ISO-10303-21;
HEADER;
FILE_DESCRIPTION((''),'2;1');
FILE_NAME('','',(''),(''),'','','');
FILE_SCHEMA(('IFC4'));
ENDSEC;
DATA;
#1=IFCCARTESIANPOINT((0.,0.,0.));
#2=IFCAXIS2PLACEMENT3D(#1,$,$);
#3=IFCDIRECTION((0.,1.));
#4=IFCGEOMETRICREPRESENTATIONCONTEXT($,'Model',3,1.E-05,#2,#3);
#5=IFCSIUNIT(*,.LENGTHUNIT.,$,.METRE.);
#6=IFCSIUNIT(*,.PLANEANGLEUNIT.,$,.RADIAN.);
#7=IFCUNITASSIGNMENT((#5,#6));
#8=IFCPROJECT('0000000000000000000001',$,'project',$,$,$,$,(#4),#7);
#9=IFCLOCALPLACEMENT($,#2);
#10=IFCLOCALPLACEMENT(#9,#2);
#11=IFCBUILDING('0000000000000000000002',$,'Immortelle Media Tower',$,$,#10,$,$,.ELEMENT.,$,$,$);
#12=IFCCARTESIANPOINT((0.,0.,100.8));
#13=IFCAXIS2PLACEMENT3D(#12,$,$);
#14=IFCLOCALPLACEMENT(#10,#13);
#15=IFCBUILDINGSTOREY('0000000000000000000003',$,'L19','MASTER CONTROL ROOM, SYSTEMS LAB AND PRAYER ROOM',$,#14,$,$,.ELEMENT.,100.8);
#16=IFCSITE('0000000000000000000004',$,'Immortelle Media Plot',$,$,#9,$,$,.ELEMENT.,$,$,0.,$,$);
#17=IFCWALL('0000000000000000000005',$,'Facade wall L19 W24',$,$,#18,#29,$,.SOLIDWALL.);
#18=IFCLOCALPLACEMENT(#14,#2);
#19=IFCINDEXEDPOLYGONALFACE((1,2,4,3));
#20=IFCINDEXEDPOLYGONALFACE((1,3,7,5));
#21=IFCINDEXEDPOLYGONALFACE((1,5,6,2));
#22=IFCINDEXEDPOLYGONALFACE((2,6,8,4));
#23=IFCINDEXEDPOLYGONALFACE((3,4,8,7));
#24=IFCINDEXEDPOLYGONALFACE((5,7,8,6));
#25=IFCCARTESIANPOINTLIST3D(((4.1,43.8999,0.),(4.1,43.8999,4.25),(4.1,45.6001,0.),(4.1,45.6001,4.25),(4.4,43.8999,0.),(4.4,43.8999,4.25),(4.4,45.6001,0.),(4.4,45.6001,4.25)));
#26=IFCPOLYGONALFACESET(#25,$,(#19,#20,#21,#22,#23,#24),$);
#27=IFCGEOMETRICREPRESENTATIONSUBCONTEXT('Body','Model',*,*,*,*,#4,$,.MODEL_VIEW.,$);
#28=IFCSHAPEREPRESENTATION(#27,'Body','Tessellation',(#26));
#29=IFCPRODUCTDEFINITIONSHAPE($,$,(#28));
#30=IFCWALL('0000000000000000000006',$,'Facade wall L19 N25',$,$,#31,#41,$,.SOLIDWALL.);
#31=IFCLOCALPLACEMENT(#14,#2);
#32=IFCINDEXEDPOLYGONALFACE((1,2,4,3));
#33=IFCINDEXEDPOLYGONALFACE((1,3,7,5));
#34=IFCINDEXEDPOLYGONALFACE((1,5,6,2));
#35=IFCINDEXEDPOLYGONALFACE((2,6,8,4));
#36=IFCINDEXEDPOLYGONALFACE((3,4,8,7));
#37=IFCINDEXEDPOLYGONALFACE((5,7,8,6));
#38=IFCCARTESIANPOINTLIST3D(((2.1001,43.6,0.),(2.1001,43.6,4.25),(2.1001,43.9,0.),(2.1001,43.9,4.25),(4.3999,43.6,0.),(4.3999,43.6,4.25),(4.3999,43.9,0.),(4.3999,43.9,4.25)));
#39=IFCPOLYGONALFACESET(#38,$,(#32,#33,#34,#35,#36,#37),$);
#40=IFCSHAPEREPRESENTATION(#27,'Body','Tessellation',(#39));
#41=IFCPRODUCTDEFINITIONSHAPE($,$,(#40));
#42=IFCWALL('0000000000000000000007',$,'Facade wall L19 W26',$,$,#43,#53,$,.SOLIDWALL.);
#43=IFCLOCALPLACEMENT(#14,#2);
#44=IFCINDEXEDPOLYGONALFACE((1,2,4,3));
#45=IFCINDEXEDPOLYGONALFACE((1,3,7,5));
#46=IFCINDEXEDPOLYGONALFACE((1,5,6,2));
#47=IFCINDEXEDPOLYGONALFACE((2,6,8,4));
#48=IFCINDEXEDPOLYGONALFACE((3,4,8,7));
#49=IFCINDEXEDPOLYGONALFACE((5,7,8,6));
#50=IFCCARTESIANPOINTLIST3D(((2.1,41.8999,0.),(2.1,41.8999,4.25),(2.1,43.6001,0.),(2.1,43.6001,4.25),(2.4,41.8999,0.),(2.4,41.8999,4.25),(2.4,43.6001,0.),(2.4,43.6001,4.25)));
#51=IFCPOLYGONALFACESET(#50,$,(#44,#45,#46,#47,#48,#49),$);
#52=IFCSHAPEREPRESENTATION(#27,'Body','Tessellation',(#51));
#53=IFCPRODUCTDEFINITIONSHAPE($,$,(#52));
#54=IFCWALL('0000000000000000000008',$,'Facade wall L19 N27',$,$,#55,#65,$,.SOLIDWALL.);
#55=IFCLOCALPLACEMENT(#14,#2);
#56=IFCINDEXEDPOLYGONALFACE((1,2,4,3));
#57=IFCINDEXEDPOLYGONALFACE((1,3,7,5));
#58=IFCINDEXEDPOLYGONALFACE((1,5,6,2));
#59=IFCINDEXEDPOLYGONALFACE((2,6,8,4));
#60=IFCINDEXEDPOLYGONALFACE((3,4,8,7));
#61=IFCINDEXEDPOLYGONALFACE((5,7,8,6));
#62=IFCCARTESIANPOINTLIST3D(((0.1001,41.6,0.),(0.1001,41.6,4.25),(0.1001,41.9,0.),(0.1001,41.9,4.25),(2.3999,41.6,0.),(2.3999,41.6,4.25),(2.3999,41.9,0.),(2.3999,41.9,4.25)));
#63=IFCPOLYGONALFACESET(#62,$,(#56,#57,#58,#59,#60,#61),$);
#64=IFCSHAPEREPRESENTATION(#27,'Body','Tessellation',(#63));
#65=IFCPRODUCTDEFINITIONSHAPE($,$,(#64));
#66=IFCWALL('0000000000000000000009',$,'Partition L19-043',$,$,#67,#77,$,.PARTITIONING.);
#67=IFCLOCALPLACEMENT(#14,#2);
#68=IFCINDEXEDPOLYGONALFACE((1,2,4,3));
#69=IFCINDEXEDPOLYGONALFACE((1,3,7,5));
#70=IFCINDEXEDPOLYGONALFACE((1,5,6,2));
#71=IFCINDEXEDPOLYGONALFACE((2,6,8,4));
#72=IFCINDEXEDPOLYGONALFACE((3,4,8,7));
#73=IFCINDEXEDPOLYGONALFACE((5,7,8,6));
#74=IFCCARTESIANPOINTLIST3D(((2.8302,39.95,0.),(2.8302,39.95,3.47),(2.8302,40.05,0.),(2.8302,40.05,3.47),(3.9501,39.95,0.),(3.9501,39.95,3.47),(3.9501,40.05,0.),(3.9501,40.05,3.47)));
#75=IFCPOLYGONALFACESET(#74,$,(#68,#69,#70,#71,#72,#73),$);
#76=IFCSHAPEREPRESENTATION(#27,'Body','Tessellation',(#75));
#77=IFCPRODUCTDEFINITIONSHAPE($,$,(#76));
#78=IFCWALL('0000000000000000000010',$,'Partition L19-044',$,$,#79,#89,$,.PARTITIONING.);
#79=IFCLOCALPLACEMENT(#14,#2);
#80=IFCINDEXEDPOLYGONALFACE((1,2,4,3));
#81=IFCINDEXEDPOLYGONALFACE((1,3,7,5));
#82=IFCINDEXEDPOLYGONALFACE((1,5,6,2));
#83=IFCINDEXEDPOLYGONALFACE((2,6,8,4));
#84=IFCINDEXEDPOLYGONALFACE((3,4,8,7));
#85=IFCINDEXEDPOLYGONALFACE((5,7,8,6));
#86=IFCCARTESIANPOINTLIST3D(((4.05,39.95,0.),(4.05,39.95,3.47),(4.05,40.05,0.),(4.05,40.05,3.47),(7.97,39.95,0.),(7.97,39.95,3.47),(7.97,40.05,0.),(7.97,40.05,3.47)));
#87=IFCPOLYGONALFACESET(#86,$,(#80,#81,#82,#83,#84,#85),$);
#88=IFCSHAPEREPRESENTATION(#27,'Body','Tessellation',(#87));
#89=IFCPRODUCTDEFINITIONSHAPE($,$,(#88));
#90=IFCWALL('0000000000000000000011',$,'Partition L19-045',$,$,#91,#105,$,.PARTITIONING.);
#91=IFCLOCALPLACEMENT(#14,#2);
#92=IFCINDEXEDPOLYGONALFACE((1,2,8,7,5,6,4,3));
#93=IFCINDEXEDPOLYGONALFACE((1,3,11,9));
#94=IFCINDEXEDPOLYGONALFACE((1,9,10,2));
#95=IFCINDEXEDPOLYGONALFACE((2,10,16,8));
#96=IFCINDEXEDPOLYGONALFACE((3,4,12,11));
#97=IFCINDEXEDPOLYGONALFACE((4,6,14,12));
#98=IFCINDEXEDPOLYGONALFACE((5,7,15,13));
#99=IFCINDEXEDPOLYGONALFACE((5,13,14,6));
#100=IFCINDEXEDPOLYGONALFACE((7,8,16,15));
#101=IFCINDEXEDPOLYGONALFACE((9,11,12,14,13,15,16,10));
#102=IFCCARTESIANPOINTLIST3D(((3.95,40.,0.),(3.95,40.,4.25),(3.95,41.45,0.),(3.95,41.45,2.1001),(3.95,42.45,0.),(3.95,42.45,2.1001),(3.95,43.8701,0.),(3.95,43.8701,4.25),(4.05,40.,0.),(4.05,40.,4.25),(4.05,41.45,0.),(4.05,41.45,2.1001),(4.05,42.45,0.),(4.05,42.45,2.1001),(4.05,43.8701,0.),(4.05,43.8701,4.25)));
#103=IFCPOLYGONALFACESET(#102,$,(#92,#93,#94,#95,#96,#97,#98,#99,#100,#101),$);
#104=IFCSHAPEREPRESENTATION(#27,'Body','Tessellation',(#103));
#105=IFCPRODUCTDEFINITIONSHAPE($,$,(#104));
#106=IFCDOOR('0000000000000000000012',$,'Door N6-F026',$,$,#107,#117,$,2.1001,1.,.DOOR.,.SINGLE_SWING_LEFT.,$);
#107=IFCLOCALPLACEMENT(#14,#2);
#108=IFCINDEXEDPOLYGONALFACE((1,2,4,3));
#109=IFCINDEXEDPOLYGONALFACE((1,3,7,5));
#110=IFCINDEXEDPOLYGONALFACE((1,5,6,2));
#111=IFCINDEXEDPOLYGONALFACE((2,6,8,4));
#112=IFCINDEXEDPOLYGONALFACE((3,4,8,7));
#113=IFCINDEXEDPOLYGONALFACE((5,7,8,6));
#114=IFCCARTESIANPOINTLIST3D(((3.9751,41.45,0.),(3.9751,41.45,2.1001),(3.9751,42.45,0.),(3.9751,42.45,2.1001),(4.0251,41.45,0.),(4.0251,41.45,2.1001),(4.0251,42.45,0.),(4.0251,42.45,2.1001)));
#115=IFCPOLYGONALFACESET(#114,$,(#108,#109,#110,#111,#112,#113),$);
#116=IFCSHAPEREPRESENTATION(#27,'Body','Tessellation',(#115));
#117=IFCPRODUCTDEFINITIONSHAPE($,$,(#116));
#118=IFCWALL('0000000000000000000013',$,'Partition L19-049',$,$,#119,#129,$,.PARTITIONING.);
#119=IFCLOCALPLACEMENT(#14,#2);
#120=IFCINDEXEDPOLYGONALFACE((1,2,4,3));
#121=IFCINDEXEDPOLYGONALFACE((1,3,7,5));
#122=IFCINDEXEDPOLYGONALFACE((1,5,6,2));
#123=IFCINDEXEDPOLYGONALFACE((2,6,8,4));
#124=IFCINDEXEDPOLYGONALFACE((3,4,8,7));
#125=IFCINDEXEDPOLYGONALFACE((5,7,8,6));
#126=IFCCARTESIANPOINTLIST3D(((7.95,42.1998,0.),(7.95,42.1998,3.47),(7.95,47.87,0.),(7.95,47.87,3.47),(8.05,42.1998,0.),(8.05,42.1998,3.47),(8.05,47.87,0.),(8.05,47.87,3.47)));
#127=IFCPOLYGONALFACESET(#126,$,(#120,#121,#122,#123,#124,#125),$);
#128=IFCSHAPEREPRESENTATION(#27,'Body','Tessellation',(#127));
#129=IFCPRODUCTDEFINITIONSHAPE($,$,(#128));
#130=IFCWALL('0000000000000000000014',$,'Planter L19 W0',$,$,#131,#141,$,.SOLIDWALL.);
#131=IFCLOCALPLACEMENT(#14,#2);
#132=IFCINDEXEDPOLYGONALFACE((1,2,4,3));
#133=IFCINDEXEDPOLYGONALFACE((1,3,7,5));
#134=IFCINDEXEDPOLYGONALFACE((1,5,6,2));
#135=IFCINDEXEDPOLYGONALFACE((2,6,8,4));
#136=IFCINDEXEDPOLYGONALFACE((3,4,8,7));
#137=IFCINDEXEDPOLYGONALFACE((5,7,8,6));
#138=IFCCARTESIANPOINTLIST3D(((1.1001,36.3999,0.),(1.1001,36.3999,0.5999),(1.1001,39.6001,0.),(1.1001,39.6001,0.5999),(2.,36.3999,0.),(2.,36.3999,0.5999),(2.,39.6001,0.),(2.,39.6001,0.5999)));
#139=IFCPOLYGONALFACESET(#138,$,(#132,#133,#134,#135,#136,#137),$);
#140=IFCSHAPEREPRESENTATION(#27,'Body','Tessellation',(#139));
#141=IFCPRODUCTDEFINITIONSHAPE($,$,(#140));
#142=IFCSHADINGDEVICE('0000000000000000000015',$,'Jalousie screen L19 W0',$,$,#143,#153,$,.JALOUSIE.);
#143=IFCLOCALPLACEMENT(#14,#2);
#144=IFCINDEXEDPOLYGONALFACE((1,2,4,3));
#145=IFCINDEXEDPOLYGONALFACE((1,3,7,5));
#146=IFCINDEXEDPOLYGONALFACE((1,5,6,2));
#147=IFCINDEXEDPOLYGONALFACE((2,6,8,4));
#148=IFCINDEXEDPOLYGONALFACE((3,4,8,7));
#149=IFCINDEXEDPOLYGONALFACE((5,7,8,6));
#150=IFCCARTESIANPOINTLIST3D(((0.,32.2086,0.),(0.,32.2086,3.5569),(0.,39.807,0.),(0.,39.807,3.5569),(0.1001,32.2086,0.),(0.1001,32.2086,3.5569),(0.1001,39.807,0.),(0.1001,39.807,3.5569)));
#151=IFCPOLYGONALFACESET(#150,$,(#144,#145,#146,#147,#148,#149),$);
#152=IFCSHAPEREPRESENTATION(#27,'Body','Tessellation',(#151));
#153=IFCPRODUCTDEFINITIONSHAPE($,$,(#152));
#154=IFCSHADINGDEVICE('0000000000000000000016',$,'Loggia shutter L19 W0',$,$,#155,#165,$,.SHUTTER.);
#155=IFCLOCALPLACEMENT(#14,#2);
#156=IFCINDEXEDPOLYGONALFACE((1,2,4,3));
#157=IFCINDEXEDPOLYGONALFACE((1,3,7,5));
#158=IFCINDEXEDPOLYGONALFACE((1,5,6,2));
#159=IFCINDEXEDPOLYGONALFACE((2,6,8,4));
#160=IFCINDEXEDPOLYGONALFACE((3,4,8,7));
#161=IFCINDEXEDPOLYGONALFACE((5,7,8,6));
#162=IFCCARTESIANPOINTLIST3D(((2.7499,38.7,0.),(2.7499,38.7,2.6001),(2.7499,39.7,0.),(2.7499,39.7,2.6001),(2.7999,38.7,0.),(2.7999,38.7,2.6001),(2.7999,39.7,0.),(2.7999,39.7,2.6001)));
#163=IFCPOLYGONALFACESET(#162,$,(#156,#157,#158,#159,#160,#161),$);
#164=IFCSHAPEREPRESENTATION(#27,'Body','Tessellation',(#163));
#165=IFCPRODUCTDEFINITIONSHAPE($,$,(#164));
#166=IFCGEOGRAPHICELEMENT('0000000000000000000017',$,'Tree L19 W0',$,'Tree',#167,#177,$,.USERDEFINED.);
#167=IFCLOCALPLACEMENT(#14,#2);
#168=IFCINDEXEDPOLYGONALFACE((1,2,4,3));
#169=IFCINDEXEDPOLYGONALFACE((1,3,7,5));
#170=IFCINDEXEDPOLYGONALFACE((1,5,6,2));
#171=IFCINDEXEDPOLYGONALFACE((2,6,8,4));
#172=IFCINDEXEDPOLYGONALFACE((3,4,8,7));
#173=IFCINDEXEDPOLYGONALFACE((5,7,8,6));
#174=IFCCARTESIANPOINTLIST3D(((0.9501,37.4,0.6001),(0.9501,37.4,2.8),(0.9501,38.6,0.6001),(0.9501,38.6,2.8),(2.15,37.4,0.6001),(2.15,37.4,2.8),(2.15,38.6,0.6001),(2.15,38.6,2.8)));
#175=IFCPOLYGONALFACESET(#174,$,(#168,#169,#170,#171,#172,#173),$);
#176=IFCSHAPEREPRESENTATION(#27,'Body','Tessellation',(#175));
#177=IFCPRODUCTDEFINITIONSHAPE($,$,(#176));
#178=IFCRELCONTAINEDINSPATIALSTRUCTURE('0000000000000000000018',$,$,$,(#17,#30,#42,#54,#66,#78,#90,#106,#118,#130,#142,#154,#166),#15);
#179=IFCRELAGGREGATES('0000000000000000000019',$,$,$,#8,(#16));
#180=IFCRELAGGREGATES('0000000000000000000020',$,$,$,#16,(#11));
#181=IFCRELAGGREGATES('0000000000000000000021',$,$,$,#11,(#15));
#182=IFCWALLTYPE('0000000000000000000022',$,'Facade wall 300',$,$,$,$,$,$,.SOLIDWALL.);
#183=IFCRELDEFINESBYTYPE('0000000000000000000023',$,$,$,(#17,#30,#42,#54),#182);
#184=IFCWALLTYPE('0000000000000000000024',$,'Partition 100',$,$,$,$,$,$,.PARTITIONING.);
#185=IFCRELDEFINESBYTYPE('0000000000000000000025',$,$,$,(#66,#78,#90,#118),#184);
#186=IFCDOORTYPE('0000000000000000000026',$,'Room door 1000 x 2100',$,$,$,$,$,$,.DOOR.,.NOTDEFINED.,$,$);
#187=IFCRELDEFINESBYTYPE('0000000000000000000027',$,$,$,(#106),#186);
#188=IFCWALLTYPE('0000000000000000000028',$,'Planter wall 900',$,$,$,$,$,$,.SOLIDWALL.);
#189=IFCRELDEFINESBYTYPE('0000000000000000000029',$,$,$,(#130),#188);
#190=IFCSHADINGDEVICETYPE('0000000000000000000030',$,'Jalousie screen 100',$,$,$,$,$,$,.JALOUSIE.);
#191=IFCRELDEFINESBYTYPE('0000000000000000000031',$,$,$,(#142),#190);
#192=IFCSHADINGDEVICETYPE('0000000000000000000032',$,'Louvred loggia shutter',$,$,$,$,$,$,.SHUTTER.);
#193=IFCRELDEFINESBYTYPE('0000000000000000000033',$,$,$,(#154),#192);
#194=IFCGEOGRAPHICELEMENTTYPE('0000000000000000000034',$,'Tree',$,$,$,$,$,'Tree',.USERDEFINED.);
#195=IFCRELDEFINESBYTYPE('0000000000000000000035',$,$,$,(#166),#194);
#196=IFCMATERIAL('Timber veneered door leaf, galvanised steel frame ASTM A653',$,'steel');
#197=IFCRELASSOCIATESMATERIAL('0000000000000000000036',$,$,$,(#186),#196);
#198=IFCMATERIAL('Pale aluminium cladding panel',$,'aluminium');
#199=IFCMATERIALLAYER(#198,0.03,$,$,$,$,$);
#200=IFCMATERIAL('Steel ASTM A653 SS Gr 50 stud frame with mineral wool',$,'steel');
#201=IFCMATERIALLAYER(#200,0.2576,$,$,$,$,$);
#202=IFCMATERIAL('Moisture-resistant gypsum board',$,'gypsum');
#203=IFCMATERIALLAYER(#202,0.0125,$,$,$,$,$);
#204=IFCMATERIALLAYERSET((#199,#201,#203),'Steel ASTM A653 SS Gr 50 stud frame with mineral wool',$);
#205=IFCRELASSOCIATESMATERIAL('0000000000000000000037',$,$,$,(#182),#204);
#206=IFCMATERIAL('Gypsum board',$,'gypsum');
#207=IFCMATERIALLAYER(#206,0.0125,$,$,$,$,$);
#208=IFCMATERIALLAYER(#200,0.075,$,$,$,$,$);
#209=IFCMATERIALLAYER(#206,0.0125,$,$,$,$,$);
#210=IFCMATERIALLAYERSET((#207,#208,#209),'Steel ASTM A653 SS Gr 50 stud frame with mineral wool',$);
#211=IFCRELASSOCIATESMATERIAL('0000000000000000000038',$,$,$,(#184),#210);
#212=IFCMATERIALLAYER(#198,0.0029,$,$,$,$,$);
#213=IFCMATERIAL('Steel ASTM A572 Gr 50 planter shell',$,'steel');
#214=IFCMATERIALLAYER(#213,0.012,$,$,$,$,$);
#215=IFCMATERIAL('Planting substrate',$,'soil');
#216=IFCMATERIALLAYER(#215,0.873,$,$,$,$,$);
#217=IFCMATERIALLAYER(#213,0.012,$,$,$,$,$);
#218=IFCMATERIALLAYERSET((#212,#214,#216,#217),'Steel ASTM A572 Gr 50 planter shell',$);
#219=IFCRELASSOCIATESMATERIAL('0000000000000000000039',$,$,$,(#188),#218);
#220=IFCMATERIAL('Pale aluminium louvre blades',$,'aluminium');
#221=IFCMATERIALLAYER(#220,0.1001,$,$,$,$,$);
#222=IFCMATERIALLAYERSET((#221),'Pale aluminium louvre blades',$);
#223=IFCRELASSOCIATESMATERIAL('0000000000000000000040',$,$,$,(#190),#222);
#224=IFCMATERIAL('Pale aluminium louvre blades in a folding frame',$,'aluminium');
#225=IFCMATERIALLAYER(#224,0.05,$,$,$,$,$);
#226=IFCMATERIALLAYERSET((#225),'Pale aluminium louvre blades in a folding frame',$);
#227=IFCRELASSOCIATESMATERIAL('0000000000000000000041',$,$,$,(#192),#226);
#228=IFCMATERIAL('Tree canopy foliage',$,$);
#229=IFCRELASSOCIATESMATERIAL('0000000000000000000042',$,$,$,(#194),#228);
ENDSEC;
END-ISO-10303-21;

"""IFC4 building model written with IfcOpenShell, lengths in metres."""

from ifc_helpers import new_model, si_unit, direction, frame, frame_2d, origin, origin_2d, place, context, subcontext, project, spatial, rectangle, extrude, material, layer, layer_set, type_object, element, fill, save


model = new_model("IFC4")

# Units and contexts
model_context = context("Model", 3, precision=1e-05, world=origin(), true_north=direction((0.0, 1.0)))
body_context = subcontext(model_context, "Body", "Model", "MODEL_VIEW")
ifc_project = project(units=[si_unit("LENGTHUNIT", "METRE"), si_unit("PLANEANGLEUNIT", "RADIAN")], contexts=[model_context])

# Site, building, storey
site_placement = place(None, origin())
site = spatial("IfcSite", under=ifc_project, at=site_placement, Name="Immortelle Media Plot", CompositionType="ELEMENT", RefElevation=0.0)
building_placement = place(site_placement, origin())
building = spatial("IfcBuilding", under=site, at=building_placement, Name="Immortelle Media Tower", CompositionType="ELEMENT")
storey_placement = place(building_placement, frame((0.0, 0.0, 100.8)))
storey = spatial("IfcBuildingStorey", under=building, at=storey_placement, Name="L19", Description="MASTER CONTROL ROOM, SYSTEMS LAB AND PRAYER ROOM", CompositionType="ELEMENT", Elevation=100.8)

# Shared definitions
ifc_material_1 = material(Name="Steel ASTM A653 SS Gr 50 stud frame with mineral wool", Category="steel")
ifc_material_2 = material(Name="Timber veneered door leaf, galvanised steel frame ASTM A653", Category="steel")
door_type_1 = type_object("IfcDoorType", Name="Room door 1000 x 2100", OperationType="NOTDEFINED", PredefinedType="DOOR", material=ifc_material_2)

# Shared definitions
ifc_material_3 = material(Name="Pale aluminium cladding panel", Category="aluminium")
ifc_layer_1 = layer(ifc_material_3, 0.03)
ifc_layer_2 = layer(ifc_material_1, 0.2576)
ifc_material_4 = material(Name="Moisture-resistant gypsum board", Category="gypsum")
ifc_layer_3 = layer(ifc_material_4, 0.0125)
ifc_layer_set_1 = layer_set([ifc_layer_1, ifc_layer_2, ifc_layer_3], Name="Steel ASTM A653 SS Gr 50 stud frame with mineral wool")
wall_type_1 = type_object("IfcWallType", Name="Facade wall 300", PredefinedType="SOLIDWALL", material=ifc_layer_set_1)

# Walls
wall_1_placement = place(storey_placement, frame((4.25, 45.6001, 0.0), z_axis=(0.0, 0.0, 1.0), x_axis=(0.0, -1.0, 0.0)))
element("IfcWall", 1, at=wall_1_placement, inside=storey, type_object=wall_type_1, Name="Facade wall L19 W24", PredefinedType="SOLIDWALL", context=body_context, shape_type="SweptSolid", body=[
    extrude(rectangle(XDim=1.7002, YDim=0.3, at=frame_2d((0.8501, 0.0))), origin(), (0.0, 0.0, 1.0), 4.25),
])
wall_2_placement = place(storey_placement, frame((4.3999, 43.75, 0.0), z_axis=(0.0, 0.0, 1.0), x_axis=(-1.0, 0.0, 0.0)))
element("IfcWall", 2, at=wall_2_placement, inside=storey, type_object=wall_type_1, Name="Facade wall L19 N25", PredefinedType="SOLIDWALL", context=body_context, shape_type="SweptSolid", body=[
    extrude(rectangle(XDim=2.2998, YDim=0.3, at=frame_2d((1.1499, 0.0))), origin(), (0.0, 0.0, 1.0), 4.25),
])
wall_3_placement = place(storey_placement, frame((2.25, 43.6001, 0.0), z_axis=(0.0, 0.0, 1.0), x_axis=(0.0, -1.0, 0.0)))
element("IfcWall", 3, at=wall_3_placement, inside=storey, type_object=wall_type_1, Name="Facade wall L19 W26", PredefinedType="SOLIDWALL", context=body_context, shape_type="SweptSolid", body=[
    extrude(rectangle(XDim=1.7002, YDim=0.3, at=frame_2d((0.8501, 0.0))), origin(), (0.0, 0.0, 1.0), 4.25),
])
wall_4_placement = place(storey_placement, frame((2.3999, 41.75, 0.0), z_axis=(0.0, 0.0, 1.0), x_axis=(-1.0, 0.0, 0.0)))
element("IfcWall", 4, at=wall_4_placement, inside=storey, type_object=wall_type_1, Name="Facade wall L19 N27", PredefinedType="SOLIDWALL", context=body_context, shape_type="SweptSolid", body=[
    extrude(rectangle(XDim=2.2998, YDim=0.3, at=frame_2d((1.1499, 0.0))), origin(), (0.0, 0.0, 1.0), 4.25),
])
ifc_material_5 = material(Name="Gypsum board", Category="gypsum")
ifc_layer_4 = layer(ifc_material_5, 0.0125)
ifc_layer_5 = layer(ifc_material_1, 0.075)
ifc_layer_6 = layer(ifc_material_5, 0.0125)
ifc_layer_set_2 = layer_set([ifc_layer_4, ifc_layer_5, ifc_layer_6], Name="Steel ASTM A653 SS Gr 50 stud frame with mineral wool")
wall_type_2 = type_object("IfcWallType", Name="Partition 100", PredefinedType="PARTITIONING", material=ifc_layer_set_2)
wall_5_placement = place(storey_placement, frame((2.8301, 40.0, 0.0), z_axis=(0.0, 0.0, 1.0), x_axis=(1.0, 0.0, 0.0)))
element("IfcWall", 5, at=wall_5_placement, inside=storey, type_object=wall_type_2, Name="Partition L19-043", PredefinedType="PARTITIONING", context=body_context, shape_type="SweptSolid", body=[
    extrude(rectangle(XDim=1.1199, YDim=0.1001, at=frame_2d((0.5601, 0.0))), origin(), (0.0, 0.0, 1.0), 3.47),
])
wall_6_placement = place(storey_placement, frame((4.05, 40.0, 0.0), z_axis=(0.0, 0.0, 1.0), x_axis=(1.0, 0.0, 0.0)))
element("IfcWall", 6, at=wall_6_placement, inside=storey, type_object=wall_type_2, Name="Partition L19-044", PredefinedType="PARTITIONING", context=body_context, shape_type="SweptSolid", body=[
    extrude(rectangle(XDim=3.9199, YDim=0.1001, at=frame_2d((1.96, 0.0))), origin(), (0.0, 0.0, 1.0), 3.47),
])

# Wall, opening, door
wall_7_placement = place(storey_placement, frame((4.0, 40.0, 0.0), z_axis=(0.0, 0.0, 1.0), x_axis=(0.0, 1.0, 0.0)))
wall_7 = element("IfcWall", 7, at=wall_7_placement, inside=storey, type_object=wall_type_2, Name="Partition L19-045", PredefinedType="PARTITIONING", context=body_context, shape_type="SweptSolid", body=[
    extrude(rectangle(XDim=3.8701, YDim=0.1001, at=frame_2d((1.9351, 0.0))), origin(), (0.0, 0.0, 1.0), 4.25),
])
opening_1_placement = place(wall_7_placement, frame((1.45, 0.0, 0.0)))
opening_1 = element("IfcOpeningElement", 8, at=opening_1_placement, cuts=wall_7, PredefinedType="OPENING", context=body_context, shape_type="SweptSolid", body=[
    extrude(rectangle(XDim=1.0, YDim=2.1001, at=frame_2d((0.5, 1.05))), frame((0.0, 0.0601, 0.0), z_axis=(0.0, -1.0, 0.0), x_axis=(1.0, 0.0, 0.0)), (0.0, 0.0, 1.0), 0.1201),
])
door_1_placement = place(opening_1_placement, origin())
door_1 = element("IfcDoor", 9, at=door_1_placement, inside=storey, type_object=door_type_1, Name="Door N6-F026", OperationType="SINGLE_SWING_LEFT", OverallHeight=2.1001, OverallWidth=1.0, PredefinedType="DOOR", context=body_context, shape_type="SweptSolid", body=[
    extrude(rectangle(XDim=1.0, YDim=2.1001, at=frame_2d((0.5, 1.05))), frame((0.0, 0.0249, 0.0), z_axis=(0.0, -1.0, 0.0), x_axis=(1.0, 0.0, 0.0)), (0.0, 0.0, 1.0), 0.05),
])
fill(opening_1, door_1)

# Walls
wall_8_placement = place(storey_placement, frame((8.0, 42.2, 0.0), z_axis=(0.0, 0.0, 1.0), x_axis=(0.0, 1.0, 0.0)))
element("IfcWall", 10, at=wall_8_placement, inside=storey, type_object=wall_type_2, Name="Partition L19-049", PredefinedType="PARTITIONING", context=body_context, shape_type="SweptSolid", body=[
    extrude(rectangle(XDim=5.6702, YDim=0.1001, at=frame_2d((2.835, 0.0))), origin(), (0.0, 0.0, 1.0), 3.47),
])
ifc_layer_7 = layer(ifc_material_3, 0.0029)
ifc_material_6 = material(Name="Steel ASTM A572 Gr 50 planter shell", Category="steel")
ifc_layer_8 = layer(ifc_material_6, 0.012)
ifc_material_7 = material(Name="Planting substrate", Category="soil")
ifc_layer_9 = layer(ifc_material_7, 0.873)
ifc_layer_10 = layer(ifc_material_6, 0.012)
ifc_layer_set_3 = layer_set([ifc_layer_7, ifc_layer_8, ifc_layer_9, ifc_layer_10], Name="Steel ASTM A572 Gr 50 planter shell")
wall_type_3 = type_object("IfcWallType", Name="Planter wall 900", PredefinedType="SOLIDWALL", material=ifc_layer_set_3)
wall_9_placement = place(storey_placement, frame((1.55, 39.6001, 0.0), z_axis=(0.0, 0.0, 1.0), x_axis=(0.0, -1.0, 0.0)))
element("IfcWall", 11, at=wall_9_placement, inside=storey, type_object=wall_type_3, Name="Planter L19 W0", PredefinedType="SOLIDWALL", context=body_context, shape_type="SweptSolid", body=[
    extrude(rectangle(XDim=3.2002, YDim=0.8999, at=frame_2d((1.6001, 0.0))), origin(), (0.0, 0.0, 1.0), 0.5999),
])

# Shading devices
ifc_material_8 = material(Name="Pale aluminium louvre blades", Category="aluminium")
ifc_layer_11 = layer(ifc_material_8, 0.1001)
ifc_layer_set_4 = layer_set([ifc_layer_11], Name="Pale aluminium louvre blades")
shading_device_type_1 = type_object("IfcShadingDeviceType", Name="Jalousie screen 100", PredefinedType="JALOUSIE", material=ifc_layer_set_4)
shading_device_1_placement = place(storey_placement, frame((0.05, 36.0078, 0.0), z_axis=(0.0, 0.0, 1.0), x_axis=(0.0, -1.0, 0.0)))
element("IfcShadingDevice", 12, at=shading_device_1_placement, inside=storey, type_object=shading_device_type_1, Name="Jalousie screen L19 W0", PredefinedType="JALOUSIE", context=body_context, shape_type="SweptSolid", body=[
    extrude(rectangle(XDim=7.5984, YDim=0.1001, at=origin_2d()), origin(), (0.0, 0.0, 1.0), 3.5569),
])
ifc_material_9 = material(Name="Pale aluminium louvre blades in a folding frame", Category="aluminium")
ifc_layer_12 = layer(ifc_material_9, 0.05)
ifc_layer_set_5 = layer_set([ifc_layer_12], Name="Pale aluminium louvre blades in a folding frame")
shading_device_type_2 = type_object("IfcShadingDeviceType", Name="Louvred loggia shutter", PredefinedType="SHUTTER", material=ifc_layer_set_5)
shading_device_2_placement = place(storey_placement, frame((2.7749, 39.2, 0.0), z_axis=(0.0, 0.0, 1.0), x_axis=(0.0, -1.0, 0.0)))
element("IfcShadingDevice", 13, at=shading_device_2_placement, inside=storey, type_object=shading_device_type_2, Name="Loggia shutter L19 W0", PredefinedType="SHUTTER", context=body_context, shape_type="SweptSolid", body=[
    extrude(rectangle(XDim=1.0, YDim=0.05, at=origin_2d()), origin(), (0.0, 0.0, 1.0), 2.6001),
])

# Geographic element
ifc_material_10 = material(Name="Tree canopy foliage")
geographic_element_type = type_object("IfcGeographicElementType", Name="Tree", ElementType="Tree", PredefinedType="USERDEFINED", material=ifc_material_10)
geographic_element_placement = place(storey_placement, frame((1.55, 38.0, 0.6001), z_axis=(0.0, 0.0, 1.0), x_axis=(1.0, 0.0, 0.0)))
element("IfcGeographicElement", 14, at=geographic_element_placement, inside=storey, type_object=geographic_element_type, Name="Tree L19 W0", ObjectType="Tree", PredefinedType="USERDEFINED", context=body_context, shape_type="SweptSolid", body=[
    extrude(rectangle(XDim=1.2, YDim=1.2, at=origin_2d()), origin(), (0.0, 0.0, 1.0), 2.2),
])

save(model, "model.ifc")
